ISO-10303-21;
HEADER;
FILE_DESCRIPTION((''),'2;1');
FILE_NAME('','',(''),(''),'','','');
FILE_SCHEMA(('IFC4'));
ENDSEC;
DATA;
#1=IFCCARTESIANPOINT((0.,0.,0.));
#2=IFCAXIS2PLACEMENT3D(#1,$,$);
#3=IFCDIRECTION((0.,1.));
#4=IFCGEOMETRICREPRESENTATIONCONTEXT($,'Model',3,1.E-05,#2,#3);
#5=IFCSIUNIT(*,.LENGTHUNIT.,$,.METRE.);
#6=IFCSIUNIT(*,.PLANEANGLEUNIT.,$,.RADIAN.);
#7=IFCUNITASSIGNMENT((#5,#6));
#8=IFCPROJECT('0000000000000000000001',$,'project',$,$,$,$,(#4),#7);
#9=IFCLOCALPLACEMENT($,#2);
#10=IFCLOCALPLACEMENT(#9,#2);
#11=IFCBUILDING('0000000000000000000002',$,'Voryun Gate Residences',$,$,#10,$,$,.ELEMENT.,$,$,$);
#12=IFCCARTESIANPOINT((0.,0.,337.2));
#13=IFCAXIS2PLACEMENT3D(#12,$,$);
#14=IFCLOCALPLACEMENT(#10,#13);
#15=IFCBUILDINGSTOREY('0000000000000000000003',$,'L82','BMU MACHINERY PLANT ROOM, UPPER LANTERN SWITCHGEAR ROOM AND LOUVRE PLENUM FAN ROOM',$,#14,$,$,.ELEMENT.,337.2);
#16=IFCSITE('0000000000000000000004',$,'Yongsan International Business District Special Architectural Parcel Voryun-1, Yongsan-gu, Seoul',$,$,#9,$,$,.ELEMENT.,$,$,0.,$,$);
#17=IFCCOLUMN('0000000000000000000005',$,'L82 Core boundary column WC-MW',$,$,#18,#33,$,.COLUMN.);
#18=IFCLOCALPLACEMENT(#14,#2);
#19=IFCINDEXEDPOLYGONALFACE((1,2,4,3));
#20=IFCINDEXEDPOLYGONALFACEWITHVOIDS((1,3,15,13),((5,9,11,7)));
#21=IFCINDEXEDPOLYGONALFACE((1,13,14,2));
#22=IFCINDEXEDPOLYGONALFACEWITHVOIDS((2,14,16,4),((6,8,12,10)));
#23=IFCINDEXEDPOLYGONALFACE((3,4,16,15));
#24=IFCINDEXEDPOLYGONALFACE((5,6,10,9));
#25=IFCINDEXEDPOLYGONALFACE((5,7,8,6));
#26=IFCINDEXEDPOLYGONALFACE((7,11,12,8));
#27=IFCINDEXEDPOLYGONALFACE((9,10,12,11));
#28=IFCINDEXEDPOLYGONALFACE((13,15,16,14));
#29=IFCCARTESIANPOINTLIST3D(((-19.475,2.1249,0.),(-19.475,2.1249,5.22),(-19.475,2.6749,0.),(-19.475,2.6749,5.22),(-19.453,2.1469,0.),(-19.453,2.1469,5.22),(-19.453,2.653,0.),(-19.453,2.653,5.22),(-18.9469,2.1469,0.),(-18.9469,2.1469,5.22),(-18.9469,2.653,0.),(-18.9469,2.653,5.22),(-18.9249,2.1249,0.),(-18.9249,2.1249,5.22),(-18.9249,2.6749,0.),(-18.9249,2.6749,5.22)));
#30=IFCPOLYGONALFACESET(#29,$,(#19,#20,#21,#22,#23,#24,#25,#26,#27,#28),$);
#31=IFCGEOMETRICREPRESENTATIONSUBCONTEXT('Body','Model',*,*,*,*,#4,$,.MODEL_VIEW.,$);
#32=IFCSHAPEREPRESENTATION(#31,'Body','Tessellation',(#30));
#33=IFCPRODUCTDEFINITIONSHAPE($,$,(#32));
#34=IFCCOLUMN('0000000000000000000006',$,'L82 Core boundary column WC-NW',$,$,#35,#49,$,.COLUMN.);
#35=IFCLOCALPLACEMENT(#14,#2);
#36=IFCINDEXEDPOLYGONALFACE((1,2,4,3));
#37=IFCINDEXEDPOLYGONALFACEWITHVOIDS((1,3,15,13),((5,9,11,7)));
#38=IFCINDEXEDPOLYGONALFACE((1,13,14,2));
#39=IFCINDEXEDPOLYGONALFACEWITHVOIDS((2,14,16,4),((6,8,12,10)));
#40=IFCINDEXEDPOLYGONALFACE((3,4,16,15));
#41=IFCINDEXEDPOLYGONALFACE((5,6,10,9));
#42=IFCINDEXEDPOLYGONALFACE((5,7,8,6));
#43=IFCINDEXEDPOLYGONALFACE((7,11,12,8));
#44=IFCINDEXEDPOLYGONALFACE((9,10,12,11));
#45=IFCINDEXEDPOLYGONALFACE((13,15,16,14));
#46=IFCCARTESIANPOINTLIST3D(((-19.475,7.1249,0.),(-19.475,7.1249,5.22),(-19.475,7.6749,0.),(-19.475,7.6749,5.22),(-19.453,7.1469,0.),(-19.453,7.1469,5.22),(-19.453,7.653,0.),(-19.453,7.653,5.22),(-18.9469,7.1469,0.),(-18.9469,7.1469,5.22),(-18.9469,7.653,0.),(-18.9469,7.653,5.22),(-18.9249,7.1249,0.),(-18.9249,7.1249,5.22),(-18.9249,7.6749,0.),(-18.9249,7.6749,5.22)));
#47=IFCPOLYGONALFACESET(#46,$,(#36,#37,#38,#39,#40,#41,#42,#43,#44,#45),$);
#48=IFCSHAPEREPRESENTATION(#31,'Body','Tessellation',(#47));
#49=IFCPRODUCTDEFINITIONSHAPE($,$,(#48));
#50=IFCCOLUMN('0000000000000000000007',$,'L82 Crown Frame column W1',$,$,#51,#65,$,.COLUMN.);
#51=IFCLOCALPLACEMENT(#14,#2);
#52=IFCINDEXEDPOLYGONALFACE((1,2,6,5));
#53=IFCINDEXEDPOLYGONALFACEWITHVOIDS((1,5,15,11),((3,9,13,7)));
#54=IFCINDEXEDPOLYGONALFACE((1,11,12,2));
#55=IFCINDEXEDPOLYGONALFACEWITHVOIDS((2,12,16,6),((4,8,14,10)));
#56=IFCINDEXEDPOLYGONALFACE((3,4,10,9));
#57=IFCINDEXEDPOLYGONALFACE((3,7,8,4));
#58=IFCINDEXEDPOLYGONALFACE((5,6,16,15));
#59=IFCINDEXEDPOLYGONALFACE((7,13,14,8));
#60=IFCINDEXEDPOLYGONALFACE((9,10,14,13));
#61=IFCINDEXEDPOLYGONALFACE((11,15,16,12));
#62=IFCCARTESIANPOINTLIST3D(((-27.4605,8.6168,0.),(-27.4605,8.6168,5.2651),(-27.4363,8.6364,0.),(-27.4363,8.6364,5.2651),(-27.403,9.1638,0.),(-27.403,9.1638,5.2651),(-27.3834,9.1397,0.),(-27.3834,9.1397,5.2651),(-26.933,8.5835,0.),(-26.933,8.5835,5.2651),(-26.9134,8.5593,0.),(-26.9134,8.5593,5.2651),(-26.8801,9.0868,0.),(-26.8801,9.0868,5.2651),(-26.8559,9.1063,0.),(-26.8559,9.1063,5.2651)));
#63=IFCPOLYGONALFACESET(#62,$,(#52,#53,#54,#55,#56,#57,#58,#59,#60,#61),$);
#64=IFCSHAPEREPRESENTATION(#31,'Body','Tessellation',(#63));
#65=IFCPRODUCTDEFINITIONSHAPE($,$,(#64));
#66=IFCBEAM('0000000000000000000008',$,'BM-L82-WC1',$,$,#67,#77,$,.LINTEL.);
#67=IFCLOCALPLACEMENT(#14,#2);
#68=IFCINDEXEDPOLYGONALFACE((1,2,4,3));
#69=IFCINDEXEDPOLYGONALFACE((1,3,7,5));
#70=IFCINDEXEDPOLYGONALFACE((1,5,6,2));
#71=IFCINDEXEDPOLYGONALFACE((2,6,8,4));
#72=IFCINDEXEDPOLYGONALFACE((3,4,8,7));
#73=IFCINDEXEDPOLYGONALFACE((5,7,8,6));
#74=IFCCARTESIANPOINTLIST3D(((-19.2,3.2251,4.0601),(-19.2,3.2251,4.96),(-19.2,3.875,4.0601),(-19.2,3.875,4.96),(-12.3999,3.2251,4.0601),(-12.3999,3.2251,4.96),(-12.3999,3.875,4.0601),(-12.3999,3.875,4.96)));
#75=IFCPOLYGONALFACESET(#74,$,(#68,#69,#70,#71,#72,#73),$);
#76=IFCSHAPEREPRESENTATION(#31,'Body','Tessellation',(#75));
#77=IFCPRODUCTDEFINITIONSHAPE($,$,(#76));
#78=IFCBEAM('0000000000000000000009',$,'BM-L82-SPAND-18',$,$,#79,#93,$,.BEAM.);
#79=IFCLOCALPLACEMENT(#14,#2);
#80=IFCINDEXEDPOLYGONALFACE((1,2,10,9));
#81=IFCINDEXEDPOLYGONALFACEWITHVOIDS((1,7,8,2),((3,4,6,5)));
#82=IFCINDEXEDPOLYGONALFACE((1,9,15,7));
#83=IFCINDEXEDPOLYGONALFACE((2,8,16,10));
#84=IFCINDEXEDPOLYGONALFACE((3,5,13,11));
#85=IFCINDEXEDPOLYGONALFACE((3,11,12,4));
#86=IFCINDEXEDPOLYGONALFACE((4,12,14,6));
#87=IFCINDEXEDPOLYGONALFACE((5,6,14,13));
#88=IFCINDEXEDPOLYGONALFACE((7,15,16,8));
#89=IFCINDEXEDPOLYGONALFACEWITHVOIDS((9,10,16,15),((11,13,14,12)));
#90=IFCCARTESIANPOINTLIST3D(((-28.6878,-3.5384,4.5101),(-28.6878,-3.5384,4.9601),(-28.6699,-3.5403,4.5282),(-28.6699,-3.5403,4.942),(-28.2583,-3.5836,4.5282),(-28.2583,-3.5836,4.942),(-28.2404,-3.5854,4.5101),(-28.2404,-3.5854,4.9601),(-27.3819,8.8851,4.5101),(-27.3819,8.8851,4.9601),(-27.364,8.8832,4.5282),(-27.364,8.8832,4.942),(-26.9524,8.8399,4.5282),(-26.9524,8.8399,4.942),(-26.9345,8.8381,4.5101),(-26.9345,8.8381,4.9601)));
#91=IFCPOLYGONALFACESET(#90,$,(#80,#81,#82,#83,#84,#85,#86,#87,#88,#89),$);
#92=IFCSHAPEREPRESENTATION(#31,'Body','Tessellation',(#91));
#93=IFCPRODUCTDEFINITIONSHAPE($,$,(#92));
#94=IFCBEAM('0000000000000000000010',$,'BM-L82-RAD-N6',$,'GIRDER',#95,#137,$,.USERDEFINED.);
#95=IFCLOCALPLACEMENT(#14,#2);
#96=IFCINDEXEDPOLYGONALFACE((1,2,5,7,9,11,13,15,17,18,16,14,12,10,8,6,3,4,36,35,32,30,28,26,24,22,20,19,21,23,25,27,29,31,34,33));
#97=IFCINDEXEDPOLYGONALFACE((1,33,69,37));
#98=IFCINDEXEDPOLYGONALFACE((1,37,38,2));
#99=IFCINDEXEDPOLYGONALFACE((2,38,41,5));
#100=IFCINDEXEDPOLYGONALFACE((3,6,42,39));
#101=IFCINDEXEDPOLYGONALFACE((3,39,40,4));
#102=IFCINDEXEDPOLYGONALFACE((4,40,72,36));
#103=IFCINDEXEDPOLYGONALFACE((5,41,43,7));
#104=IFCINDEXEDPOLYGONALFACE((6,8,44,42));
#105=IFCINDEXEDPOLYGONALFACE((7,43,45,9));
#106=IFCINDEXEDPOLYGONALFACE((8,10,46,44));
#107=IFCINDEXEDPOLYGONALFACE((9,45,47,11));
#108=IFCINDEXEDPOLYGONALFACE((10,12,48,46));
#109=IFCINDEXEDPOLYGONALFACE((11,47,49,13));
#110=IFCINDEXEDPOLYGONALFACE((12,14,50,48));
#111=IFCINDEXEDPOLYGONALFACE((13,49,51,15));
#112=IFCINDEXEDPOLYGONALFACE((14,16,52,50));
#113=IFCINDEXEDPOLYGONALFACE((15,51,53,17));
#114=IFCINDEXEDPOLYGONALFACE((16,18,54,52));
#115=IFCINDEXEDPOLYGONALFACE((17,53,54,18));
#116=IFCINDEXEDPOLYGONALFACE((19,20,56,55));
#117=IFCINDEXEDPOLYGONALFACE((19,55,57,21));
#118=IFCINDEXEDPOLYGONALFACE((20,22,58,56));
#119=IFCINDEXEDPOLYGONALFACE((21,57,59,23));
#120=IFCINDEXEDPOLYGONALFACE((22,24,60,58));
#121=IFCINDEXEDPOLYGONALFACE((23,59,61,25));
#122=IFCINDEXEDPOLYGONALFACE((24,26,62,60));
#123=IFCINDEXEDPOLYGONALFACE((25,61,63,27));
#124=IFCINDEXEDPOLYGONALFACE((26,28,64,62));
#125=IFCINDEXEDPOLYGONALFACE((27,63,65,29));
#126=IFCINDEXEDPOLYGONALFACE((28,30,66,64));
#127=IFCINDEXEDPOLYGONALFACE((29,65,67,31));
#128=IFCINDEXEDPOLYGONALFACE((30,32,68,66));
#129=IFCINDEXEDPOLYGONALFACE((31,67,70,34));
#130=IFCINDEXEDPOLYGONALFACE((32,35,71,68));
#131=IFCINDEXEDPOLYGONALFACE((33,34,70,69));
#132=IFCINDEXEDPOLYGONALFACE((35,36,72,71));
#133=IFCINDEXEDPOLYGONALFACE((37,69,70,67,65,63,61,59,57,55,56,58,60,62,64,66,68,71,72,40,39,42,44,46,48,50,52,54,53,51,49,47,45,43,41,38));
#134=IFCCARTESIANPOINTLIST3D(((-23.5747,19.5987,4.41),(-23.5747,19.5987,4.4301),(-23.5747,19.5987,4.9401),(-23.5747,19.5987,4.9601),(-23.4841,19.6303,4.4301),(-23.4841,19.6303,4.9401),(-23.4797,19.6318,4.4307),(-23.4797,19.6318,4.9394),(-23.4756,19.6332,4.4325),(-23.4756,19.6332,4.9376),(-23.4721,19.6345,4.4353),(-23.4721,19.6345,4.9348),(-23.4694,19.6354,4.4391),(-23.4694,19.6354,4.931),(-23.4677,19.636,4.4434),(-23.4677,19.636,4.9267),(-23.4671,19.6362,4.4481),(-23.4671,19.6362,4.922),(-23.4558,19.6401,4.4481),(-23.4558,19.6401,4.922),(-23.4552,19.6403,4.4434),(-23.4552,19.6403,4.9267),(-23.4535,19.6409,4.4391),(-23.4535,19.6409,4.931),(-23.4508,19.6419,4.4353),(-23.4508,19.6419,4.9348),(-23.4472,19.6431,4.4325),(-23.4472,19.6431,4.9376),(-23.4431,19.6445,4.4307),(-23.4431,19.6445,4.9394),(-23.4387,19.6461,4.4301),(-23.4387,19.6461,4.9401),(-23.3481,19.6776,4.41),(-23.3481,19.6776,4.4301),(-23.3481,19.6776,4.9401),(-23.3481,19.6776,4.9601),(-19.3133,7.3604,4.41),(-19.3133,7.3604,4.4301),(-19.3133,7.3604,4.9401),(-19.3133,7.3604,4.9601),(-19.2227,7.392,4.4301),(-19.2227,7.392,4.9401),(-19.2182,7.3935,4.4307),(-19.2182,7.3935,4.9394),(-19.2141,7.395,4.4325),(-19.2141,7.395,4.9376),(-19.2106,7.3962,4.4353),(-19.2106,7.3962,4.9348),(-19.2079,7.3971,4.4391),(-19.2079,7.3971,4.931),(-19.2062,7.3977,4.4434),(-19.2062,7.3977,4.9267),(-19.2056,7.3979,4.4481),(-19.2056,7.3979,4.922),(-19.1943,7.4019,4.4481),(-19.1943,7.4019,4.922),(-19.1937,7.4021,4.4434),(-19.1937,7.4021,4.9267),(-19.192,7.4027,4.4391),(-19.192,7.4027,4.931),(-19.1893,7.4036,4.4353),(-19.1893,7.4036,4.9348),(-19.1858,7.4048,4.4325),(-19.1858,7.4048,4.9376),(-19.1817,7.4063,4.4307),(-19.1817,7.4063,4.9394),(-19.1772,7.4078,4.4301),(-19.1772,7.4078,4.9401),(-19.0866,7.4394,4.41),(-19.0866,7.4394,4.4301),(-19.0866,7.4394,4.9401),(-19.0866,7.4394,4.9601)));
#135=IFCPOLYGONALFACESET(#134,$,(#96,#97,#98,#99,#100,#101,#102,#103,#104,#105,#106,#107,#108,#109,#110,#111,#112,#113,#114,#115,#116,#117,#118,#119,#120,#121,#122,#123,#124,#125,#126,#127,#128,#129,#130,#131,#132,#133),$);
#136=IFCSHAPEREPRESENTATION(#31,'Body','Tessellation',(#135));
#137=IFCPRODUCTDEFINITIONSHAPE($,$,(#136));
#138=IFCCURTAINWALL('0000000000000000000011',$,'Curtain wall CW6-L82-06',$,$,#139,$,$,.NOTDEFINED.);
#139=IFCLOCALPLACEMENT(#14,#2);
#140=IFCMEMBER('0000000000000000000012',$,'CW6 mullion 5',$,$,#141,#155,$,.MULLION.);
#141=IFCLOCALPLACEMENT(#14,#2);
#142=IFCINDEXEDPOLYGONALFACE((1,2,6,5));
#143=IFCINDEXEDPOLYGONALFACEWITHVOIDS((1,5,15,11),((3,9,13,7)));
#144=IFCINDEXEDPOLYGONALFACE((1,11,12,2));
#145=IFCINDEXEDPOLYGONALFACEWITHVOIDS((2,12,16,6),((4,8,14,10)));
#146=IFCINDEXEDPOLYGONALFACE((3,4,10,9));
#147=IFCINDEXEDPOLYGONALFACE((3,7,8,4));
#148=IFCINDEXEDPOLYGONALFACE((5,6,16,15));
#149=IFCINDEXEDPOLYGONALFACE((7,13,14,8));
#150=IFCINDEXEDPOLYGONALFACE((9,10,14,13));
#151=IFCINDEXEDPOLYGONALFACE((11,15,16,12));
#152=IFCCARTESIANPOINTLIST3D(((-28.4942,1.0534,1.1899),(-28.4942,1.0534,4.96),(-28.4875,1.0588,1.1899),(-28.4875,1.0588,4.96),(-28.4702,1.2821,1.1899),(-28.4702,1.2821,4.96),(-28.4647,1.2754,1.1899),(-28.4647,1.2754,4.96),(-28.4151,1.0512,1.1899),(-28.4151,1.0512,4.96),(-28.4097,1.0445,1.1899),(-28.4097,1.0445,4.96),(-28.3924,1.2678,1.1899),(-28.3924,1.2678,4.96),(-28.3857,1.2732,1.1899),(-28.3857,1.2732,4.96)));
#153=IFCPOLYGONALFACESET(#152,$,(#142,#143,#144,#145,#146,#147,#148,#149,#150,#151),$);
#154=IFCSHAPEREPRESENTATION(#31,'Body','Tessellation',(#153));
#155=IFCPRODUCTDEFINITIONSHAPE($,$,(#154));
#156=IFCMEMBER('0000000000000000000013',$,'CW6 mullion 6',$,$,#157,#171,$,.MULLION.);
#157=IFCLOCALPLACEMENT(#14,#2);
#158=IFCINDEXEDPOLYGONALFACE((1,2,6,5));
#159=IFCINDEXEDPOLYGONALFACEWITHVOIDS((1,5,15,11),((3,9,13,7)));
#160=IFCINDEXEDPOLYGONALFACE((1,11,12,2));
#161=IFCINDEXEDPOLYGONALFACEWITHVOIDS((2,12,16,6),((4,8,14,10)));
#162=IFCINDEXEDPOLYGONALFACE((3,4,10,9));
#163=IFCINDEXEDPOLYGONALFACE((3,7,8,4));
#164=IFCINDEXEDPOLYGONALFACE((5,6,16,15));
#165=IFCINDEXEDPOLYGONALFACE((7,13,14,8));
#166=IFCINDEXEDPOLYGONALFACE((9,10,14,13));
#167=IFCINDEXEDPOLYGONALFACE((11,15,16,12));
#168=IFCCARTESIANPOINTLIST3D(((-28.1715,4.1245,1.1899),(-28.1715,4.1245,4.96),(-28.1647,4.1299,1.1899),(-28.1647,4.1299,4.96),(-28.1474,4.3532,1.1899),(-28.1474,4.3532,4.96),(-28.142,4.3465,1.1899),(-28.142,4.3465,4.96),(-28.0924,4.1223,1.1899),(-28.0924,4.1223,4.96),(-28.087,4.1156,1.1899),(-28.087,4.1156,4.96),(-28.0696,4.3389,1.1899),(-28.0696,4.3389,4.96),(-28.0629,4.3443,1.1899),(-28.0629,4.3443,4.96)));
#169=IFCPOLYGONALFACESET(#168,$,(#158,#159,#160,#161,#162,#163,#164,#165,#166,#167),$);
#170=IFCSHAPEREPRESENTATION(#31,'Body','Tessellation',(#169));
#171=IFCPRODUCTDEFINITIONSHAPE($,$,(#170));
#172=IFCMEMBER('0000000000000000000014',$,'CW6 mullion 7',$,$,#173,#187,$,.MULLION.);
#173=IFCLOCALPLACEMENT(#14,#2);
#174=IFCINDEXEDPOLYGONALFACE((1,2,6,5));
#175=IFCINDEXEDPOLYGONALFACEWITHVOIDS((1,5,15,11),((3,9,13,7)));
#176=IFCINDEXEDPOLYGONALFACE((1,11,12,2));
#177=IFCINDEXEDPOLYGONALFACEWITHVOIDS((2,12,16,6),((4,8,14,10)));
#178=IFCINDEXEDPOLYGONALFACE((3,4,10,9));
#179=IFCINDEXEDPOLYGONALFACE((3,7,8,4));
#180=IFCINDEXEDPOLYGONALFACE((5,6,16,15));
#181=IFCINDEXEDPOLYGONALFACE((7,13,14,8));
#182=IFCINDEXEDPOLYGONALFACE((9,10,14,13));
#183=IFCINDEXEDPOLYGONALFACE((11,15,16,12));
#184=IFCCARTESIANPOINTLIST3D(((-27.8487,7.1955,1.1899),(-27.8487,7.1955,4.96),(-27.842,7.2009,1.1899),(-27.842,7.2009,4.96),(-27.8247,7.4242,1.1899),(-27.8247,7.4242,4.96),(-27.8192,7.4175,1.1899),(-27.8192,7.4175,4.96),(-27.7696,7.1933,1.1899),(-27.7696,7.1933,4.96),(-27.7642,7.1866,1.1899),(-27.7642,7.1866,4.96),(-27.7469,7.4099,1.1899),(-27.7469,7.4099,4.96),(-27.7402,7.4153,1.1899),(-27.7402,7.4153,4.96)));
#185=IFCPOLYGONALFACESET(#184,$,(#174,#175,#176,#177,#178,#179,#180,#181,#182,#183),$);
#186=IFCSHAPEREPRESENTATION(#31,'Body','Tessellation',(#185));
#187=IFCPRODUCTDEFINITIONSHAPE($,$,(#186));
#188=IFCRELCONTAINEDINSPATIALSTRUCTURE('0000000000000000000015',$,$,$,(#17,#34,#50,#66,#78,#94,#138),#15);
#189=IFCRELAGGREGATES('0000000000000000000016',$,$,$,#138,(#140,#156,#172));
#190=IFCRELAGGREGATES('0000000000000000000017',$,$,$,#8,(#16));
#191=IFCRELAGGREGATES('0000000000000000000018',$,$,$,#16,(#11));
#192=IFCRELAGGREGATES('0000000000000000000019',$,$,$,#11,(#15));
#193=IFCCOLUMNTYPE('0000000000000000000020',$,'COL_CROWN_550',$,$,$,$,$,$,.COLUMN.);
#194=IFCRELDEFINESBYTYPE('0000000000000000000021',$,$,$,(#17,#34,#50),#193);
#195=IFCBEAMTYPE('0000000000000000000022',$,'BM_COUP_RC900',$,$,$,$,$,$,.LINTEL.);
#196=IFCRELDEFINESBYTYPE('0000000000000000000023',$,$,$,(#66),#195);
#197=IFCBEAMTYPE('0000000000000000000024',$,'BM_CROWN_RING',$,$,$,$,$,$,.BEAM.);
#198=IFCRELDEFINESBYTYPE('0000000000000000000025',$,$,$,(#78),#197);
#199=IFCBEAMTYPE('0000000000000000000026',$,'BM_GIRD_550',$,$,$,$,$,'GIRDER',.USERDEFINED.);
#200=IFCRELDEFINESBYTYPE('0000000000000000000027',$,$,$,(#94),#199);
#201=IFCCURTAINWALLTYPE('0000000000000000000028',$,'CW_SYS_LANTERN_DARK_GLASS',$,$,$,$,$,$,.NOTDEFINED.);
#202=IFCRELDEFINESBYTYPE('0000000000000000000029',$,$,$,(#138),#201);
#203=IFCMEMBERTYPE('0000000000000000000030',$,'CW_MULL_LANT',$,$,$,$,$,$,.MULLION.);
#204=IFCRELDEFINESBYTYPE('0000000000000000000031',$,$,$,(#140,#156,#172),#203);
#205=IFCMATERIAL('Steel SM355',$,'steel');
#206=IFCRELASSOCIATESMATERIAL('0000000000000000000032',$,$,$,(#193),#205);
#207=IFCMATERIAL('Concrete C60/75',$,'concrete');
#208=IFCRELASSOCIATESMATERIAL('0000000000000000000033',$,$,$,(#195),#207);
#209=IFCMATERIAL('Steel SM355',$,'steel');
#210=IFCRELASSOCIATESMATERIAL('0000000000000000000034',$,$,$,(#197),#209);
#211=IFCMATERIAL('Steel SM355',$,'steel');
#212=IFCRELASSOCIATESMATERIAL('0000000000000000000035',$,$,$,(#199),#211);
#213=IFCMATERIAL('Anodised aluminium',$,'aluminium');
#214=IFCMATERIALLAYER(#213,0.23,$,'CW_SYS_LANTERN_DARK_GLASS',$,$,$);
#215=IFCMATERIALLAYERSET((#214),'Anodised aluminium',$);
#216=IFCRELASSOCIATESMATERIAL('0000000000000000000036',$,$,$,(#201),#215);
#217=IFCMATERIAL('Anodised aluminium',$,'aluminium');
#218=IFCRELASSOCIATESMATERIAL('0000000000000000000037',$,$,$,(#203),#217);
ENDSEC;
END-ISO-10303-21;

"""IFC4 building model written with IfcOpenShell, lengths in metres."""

from ifc_helpers import new_model, si_unit, direction, frame, origin, origin_2d, place, context, subcontext, project, spatial, rectangle, hollow_rectangle, i_section, extrude, material, layer, layer_set, material_profile, profile_set, type_object, element, aggregate, save


model = new_model("IFC4")

# Units and contexts
model_context = context("Model", 3, precision=1e-05, world=origin(), true_north=direction((0.0, 1.0)))
body_context = subcontext(model_context, "Body", "Model", "MODEL_VIEW")
ifc_project = project(units=[si_unit("LENGTHUNIT", "METRE"), si_unit("PLANEANGLEUNIT", "RADIAN")], contexts=[model_context])

# Site, building, storey
site_placement = place(None, origin())
site = spatial("IfcSite", under=ifc_project, at=site_placement, Name="Yongsan International Business District Special Architectural Parcel Voryun-1, Yongsan-gu, Seoul", CompositionType="ELEMENT", RefElevation=0.0)
building_placement = place(site_placement, origin())
building = spatial("IfcBuilding", under=site, at=building_placement, Name="Voryun Gate Residences", CompositionType="ELEMENT")
storey_placement = place(building_placement, frame((0.0, 0.0, 337.2)))
storey = spatial("IfcBuildingStorey", under=building, at=storey_placement, Name="L82", Description="BMU MACHINERY PLANT ROOM, UPPER LANTERN SWITCHGEAR ROOM AND LOUVRE PLENUM FAN ROOM", CompositionType="ELEMENT", Elevation=337.2)

# Columns
ifc_material_1 = material(Name="Steel SM355", Category="steel")
ifc_material_profile_1 = material_profile(ifc_material_1, hollow_rectangle(XDim=0.55, YDim=0.55, WallThickness=0.022, at=origin_2d()), Name="BOX-550x550x22")
ifc_profile_set_1 = profile_set([ifc_material_profile_1], Name="Steel SM355")
column_type = type_object("IfcColumnType", Name="COL_CROWN_550", PredefinedType="COLUMN", material=ifc_profile_set_1)
for number, where, z_axis, x_axis, name in (
    (1, (-19.2, 2.3999, 0.0), (0.0, 0.0, 1.0), (1.0, 0.0, 0.0), "L82 Core boundary column WC-MW"),
    (2, (-19.2, 7.3999, 0.0), (0.0, 0.0, 1.0), (1.0, 0.0, 0.0), "L82 Core boundary column WC-NW"),
):
    element("IfcColumn", number, at=place(storey_placement, frame(where, z_axis=z_axis, x_axis=x_axis)), inside=storey, type_object=column_type, Name=name, PredefinedType="COLUMN", context=body_context, shape_type="SweptSolid", body=[
        extrude(hollow_rectangle(XDim=0.55, YDim=0.55, WallThickness=0.022, at=origin_2d()), origin(), (0.0, 0.0, 1.0), 5.22),
    ])
column_placement = place(storey_placement, frame((-27.1582, 8.8616, 0.0), z_axis=(0.0, 0.0, 1.0), x_axis=(0.994522, -0.104528, 0.0)))
element("IfcColumn", 3, at=column_placement, inside=storey, type_object=column_type, Name="L82 Crown Frame column W1", PredefinedType="COLUMN", context=body_context, shape_type="SweptSolid", body=[
    extrude(hollow_rectangle(XDim=0.55, YDim=0.55, WallThickness=0.022, at=origin_2d()), origin(), (0.0, 0.0, 1.0), 5.2651),
])

# Beams
ifc_material_2 = material(Name="Concrete C60/75", Category="concrete")
ifc_material_profile_2 = material_profile(ifc_material_2, rectangle(XDim=0.6499, YDim=0.8999, at=origin_2d()), Name="RC-650x900")
ifc_profile_set_2 = profile_set([ifc_material_profile_2], Name="Concrete C60/75")
beam_type_1 = type_object("IfcBeamType", Name="BM_COUP_RC900", PredefinedType="LINTEL", material=ifc_profile_set_2)
beam_1_placement = place(storey_placement, frame((-19.2, 3.55, 4.51), z_axis=(1.0, 0.0, 0.0), x_axis=(0.0, 1.0, 0.0)))
element("IfcBeam", 4, at=beam_1_placement, inside=storey, type_object=beam_type_1, Name="BM-L82-WC1", PredefinedType="LINTEL", context=body_context, shape_type="SweptSolid", body=[
    extrude(rectangle(XDim=0.6499, YDim=0.8999, at=origin_2d()), origin(), (0.0, 0.0, 1.0), 6.8),
])
ifc_material_3 = material(Name="Steel SM355", Category="steel")
ifc_material_profile_3 = material_profile(ifc_material_3, hollow_rectangle(XDim=0.45, YDim=0.45, WallThickness=0.0181, at=origin_2d()), Name="BOX-450x450x18")
ifc_profile_set_3 = profile_set([ifc_material_profile_3], Name="Steel SM355")
beam_type_2 = type_object("IfcBeamType", Name="BM_CROWN_RING", PredefinedType="BEAM", material=ifc_profile_set_3)
beam_2_placement = place(storey_placement, frame((-27.1582, 8.8616, 4.7351), z_axis=(-0.104539, -0.994521, 0.0), x_axis=(0.994521, -0.104539, 0.0)))
element("IfcBeam", 5, at=beam_2_placement, inside=storey, type_object=beam_type_2, Name="BM-L82-SPAND-18", PredefinedType="BEAM", context=body_context, shape_type="SweptSolid", body=[
    extrude(hollow_rectangle(XDim=0.45, YDim=0.45, WallThickness=0.0181, at=origin_2d()), origin(), (0.0, 0.0, 1.0), 12.4919),
])
ifc_material_4 = material(Name="Steel SM355", Category="steel")
ifc_material_profile_4 = material_profile(ifc_material_4, i_section(OverallWidth=0.24, OverallDepth=0.55, WebThickness=0.012, FlangeThickness=0.02, FilletRadius=0.0181, at=origin_2d()), Name="H-550x240x12x20")
ifc_profile_set_4 = profile_set([ifc_material_profile_4], Name="Steel SM355")
beam_type_3 = type_object("IfcBeamType", Name="BM_GIRD_550", ElementType="GIRDER", PredefinedType="USERDEFINED", material=ifc_profile_set_4)
beam_3_placement = place(storey_placement, frame((-19.2, 7.3999, 4.6851), z_axis=(-0.328843, 0.944385, 0.0), x_axis=(-0.944385, -0.328843, 0.0)))
element("IfcBeam", 6, at=beam_3_placement, inside=storey, type_object=beam_type_3, Name="BM-L82-RAD-N6", ObjectType="GIRDER", PredefinedType="USERDEFINED", context=body_context, shape_type="SweptSolid", body=[
    extrude(i_section(OverallWidth=0.24, OverallDepth=0.55, WebThickness=0.012, FlangeThickness=0.02, FilletRadius=0.0181, at=origin_2d()), origin(), (0.0, 0.0, 1.0), 12.959),
])

# Curtain wall, members
ifc_material_5 = material(Name="Anodised aluminium", Category="aluminium")
ifc_layer_1 = layer(ifc_material_5, 0.23, Name="CW_SYS_LANTERN_DARK_GLASS")
ifc_layer_set_1 = layer_set([ifc_layer_1], Name="Anodised aluminium")
curtain_wall_type = type_object("IfcCurtainWallType", Name="CW_SYS_LANTERN_DARK_GLASS", PredefinedType="NOTDEFINED", material=ifc_layer_set_1)
curtain_wall_placement = place(storey_placement, origin())
curtain_wall = element("IfcCurtainWall", 7, at=curtain_wall_placement, inside=storey, type_object=curtain_wall_type, Name="Curtain wall CW6-L82-06", PredefinedType="NOTDEFINED")
ifc_material_6 = material(Name="Anodised aluminium", Category="aluminium")
ifc_material_profile_5 = material_profile(ifc_material_6, hollow_rectangle(XDim=0.085, YDim=0.23, WallThickness=0.0061, at=origin_2d()), Name="ALU-MULL-230x85x6")
ifc_profile_set_5 = profile_set([ifc_material_profile_5], Name="Anodised aluminium")
member_type_1 = type_object("IfcMemberType", Name="CW_MULL_LANT", PredefinedType="MULLION", material=ifc_profile_set_5)
member_1_placement = place(storey_placement, frame((-28.4399, 1.1633, 1.1899), z_axis=(0.0, 0.0, 1.0), x_axis=(-0.994522, 0.104528, 0.0)))
member_1 = element("IfcMember", 8, at=member_1_placement, type_object=member_type_1, Name="CW6 mullion 5", PredefinedType="MULLION", context=body_context, shape_type="SweptSolid", body=[
    extrude(hollow_rectangle(XDim=0.085, YDim=0.23, WallThickness=0.0061, at=origin_2d()), origin(), (0.0, 0.0, 1.0), 3.77),
])
member_2_placement = place(storey_placement, frame((-28.1172, 4.2344, 1.1899), z_axis=(0.0, 0.0, 1.0), x_axis=(-0.994522, 0.104528, 0.0)))
member_2 = element("IfcMember", 9, at=member_2_placement, type_object=member_type_1, Name="CW6 mullion 6", PredefinedType="MULLION", context=body_context, shape_type="SweptSolid", body=[
    extrude(hollow_rectangle(XDim=0.085, YDim=0.23, WallThickness=0.0061, at=origin_2d()), origin(), (0.0, 0.0, 1.0), 3.77),
])
member_3_placement = place(storey_placement, frame((-27.7944, 7.3054, 1.1899), z_axis=(0.0, 0.0, 1.0), x_axis=(-0.994522, 0.104528, 0.0)))
member_3 = element("IfcMember", 10, at=member_3_placement, type_object=member_type_1, Name="CW6 mullion 7", PredefinedType="MULLION", context=body_context, shape_type="SweptSolid", body=[
    extrude(hollow_rectangle(XDim=0.085, YDim=0.23, WallThickness=0.0061, at=origin_2d()), origin(), (0.0, 0.0, 1.0), 3.77),
])

aggregate(curtain_wall, [member_1, member_2, member_3])

save(model, "model.ifc")
